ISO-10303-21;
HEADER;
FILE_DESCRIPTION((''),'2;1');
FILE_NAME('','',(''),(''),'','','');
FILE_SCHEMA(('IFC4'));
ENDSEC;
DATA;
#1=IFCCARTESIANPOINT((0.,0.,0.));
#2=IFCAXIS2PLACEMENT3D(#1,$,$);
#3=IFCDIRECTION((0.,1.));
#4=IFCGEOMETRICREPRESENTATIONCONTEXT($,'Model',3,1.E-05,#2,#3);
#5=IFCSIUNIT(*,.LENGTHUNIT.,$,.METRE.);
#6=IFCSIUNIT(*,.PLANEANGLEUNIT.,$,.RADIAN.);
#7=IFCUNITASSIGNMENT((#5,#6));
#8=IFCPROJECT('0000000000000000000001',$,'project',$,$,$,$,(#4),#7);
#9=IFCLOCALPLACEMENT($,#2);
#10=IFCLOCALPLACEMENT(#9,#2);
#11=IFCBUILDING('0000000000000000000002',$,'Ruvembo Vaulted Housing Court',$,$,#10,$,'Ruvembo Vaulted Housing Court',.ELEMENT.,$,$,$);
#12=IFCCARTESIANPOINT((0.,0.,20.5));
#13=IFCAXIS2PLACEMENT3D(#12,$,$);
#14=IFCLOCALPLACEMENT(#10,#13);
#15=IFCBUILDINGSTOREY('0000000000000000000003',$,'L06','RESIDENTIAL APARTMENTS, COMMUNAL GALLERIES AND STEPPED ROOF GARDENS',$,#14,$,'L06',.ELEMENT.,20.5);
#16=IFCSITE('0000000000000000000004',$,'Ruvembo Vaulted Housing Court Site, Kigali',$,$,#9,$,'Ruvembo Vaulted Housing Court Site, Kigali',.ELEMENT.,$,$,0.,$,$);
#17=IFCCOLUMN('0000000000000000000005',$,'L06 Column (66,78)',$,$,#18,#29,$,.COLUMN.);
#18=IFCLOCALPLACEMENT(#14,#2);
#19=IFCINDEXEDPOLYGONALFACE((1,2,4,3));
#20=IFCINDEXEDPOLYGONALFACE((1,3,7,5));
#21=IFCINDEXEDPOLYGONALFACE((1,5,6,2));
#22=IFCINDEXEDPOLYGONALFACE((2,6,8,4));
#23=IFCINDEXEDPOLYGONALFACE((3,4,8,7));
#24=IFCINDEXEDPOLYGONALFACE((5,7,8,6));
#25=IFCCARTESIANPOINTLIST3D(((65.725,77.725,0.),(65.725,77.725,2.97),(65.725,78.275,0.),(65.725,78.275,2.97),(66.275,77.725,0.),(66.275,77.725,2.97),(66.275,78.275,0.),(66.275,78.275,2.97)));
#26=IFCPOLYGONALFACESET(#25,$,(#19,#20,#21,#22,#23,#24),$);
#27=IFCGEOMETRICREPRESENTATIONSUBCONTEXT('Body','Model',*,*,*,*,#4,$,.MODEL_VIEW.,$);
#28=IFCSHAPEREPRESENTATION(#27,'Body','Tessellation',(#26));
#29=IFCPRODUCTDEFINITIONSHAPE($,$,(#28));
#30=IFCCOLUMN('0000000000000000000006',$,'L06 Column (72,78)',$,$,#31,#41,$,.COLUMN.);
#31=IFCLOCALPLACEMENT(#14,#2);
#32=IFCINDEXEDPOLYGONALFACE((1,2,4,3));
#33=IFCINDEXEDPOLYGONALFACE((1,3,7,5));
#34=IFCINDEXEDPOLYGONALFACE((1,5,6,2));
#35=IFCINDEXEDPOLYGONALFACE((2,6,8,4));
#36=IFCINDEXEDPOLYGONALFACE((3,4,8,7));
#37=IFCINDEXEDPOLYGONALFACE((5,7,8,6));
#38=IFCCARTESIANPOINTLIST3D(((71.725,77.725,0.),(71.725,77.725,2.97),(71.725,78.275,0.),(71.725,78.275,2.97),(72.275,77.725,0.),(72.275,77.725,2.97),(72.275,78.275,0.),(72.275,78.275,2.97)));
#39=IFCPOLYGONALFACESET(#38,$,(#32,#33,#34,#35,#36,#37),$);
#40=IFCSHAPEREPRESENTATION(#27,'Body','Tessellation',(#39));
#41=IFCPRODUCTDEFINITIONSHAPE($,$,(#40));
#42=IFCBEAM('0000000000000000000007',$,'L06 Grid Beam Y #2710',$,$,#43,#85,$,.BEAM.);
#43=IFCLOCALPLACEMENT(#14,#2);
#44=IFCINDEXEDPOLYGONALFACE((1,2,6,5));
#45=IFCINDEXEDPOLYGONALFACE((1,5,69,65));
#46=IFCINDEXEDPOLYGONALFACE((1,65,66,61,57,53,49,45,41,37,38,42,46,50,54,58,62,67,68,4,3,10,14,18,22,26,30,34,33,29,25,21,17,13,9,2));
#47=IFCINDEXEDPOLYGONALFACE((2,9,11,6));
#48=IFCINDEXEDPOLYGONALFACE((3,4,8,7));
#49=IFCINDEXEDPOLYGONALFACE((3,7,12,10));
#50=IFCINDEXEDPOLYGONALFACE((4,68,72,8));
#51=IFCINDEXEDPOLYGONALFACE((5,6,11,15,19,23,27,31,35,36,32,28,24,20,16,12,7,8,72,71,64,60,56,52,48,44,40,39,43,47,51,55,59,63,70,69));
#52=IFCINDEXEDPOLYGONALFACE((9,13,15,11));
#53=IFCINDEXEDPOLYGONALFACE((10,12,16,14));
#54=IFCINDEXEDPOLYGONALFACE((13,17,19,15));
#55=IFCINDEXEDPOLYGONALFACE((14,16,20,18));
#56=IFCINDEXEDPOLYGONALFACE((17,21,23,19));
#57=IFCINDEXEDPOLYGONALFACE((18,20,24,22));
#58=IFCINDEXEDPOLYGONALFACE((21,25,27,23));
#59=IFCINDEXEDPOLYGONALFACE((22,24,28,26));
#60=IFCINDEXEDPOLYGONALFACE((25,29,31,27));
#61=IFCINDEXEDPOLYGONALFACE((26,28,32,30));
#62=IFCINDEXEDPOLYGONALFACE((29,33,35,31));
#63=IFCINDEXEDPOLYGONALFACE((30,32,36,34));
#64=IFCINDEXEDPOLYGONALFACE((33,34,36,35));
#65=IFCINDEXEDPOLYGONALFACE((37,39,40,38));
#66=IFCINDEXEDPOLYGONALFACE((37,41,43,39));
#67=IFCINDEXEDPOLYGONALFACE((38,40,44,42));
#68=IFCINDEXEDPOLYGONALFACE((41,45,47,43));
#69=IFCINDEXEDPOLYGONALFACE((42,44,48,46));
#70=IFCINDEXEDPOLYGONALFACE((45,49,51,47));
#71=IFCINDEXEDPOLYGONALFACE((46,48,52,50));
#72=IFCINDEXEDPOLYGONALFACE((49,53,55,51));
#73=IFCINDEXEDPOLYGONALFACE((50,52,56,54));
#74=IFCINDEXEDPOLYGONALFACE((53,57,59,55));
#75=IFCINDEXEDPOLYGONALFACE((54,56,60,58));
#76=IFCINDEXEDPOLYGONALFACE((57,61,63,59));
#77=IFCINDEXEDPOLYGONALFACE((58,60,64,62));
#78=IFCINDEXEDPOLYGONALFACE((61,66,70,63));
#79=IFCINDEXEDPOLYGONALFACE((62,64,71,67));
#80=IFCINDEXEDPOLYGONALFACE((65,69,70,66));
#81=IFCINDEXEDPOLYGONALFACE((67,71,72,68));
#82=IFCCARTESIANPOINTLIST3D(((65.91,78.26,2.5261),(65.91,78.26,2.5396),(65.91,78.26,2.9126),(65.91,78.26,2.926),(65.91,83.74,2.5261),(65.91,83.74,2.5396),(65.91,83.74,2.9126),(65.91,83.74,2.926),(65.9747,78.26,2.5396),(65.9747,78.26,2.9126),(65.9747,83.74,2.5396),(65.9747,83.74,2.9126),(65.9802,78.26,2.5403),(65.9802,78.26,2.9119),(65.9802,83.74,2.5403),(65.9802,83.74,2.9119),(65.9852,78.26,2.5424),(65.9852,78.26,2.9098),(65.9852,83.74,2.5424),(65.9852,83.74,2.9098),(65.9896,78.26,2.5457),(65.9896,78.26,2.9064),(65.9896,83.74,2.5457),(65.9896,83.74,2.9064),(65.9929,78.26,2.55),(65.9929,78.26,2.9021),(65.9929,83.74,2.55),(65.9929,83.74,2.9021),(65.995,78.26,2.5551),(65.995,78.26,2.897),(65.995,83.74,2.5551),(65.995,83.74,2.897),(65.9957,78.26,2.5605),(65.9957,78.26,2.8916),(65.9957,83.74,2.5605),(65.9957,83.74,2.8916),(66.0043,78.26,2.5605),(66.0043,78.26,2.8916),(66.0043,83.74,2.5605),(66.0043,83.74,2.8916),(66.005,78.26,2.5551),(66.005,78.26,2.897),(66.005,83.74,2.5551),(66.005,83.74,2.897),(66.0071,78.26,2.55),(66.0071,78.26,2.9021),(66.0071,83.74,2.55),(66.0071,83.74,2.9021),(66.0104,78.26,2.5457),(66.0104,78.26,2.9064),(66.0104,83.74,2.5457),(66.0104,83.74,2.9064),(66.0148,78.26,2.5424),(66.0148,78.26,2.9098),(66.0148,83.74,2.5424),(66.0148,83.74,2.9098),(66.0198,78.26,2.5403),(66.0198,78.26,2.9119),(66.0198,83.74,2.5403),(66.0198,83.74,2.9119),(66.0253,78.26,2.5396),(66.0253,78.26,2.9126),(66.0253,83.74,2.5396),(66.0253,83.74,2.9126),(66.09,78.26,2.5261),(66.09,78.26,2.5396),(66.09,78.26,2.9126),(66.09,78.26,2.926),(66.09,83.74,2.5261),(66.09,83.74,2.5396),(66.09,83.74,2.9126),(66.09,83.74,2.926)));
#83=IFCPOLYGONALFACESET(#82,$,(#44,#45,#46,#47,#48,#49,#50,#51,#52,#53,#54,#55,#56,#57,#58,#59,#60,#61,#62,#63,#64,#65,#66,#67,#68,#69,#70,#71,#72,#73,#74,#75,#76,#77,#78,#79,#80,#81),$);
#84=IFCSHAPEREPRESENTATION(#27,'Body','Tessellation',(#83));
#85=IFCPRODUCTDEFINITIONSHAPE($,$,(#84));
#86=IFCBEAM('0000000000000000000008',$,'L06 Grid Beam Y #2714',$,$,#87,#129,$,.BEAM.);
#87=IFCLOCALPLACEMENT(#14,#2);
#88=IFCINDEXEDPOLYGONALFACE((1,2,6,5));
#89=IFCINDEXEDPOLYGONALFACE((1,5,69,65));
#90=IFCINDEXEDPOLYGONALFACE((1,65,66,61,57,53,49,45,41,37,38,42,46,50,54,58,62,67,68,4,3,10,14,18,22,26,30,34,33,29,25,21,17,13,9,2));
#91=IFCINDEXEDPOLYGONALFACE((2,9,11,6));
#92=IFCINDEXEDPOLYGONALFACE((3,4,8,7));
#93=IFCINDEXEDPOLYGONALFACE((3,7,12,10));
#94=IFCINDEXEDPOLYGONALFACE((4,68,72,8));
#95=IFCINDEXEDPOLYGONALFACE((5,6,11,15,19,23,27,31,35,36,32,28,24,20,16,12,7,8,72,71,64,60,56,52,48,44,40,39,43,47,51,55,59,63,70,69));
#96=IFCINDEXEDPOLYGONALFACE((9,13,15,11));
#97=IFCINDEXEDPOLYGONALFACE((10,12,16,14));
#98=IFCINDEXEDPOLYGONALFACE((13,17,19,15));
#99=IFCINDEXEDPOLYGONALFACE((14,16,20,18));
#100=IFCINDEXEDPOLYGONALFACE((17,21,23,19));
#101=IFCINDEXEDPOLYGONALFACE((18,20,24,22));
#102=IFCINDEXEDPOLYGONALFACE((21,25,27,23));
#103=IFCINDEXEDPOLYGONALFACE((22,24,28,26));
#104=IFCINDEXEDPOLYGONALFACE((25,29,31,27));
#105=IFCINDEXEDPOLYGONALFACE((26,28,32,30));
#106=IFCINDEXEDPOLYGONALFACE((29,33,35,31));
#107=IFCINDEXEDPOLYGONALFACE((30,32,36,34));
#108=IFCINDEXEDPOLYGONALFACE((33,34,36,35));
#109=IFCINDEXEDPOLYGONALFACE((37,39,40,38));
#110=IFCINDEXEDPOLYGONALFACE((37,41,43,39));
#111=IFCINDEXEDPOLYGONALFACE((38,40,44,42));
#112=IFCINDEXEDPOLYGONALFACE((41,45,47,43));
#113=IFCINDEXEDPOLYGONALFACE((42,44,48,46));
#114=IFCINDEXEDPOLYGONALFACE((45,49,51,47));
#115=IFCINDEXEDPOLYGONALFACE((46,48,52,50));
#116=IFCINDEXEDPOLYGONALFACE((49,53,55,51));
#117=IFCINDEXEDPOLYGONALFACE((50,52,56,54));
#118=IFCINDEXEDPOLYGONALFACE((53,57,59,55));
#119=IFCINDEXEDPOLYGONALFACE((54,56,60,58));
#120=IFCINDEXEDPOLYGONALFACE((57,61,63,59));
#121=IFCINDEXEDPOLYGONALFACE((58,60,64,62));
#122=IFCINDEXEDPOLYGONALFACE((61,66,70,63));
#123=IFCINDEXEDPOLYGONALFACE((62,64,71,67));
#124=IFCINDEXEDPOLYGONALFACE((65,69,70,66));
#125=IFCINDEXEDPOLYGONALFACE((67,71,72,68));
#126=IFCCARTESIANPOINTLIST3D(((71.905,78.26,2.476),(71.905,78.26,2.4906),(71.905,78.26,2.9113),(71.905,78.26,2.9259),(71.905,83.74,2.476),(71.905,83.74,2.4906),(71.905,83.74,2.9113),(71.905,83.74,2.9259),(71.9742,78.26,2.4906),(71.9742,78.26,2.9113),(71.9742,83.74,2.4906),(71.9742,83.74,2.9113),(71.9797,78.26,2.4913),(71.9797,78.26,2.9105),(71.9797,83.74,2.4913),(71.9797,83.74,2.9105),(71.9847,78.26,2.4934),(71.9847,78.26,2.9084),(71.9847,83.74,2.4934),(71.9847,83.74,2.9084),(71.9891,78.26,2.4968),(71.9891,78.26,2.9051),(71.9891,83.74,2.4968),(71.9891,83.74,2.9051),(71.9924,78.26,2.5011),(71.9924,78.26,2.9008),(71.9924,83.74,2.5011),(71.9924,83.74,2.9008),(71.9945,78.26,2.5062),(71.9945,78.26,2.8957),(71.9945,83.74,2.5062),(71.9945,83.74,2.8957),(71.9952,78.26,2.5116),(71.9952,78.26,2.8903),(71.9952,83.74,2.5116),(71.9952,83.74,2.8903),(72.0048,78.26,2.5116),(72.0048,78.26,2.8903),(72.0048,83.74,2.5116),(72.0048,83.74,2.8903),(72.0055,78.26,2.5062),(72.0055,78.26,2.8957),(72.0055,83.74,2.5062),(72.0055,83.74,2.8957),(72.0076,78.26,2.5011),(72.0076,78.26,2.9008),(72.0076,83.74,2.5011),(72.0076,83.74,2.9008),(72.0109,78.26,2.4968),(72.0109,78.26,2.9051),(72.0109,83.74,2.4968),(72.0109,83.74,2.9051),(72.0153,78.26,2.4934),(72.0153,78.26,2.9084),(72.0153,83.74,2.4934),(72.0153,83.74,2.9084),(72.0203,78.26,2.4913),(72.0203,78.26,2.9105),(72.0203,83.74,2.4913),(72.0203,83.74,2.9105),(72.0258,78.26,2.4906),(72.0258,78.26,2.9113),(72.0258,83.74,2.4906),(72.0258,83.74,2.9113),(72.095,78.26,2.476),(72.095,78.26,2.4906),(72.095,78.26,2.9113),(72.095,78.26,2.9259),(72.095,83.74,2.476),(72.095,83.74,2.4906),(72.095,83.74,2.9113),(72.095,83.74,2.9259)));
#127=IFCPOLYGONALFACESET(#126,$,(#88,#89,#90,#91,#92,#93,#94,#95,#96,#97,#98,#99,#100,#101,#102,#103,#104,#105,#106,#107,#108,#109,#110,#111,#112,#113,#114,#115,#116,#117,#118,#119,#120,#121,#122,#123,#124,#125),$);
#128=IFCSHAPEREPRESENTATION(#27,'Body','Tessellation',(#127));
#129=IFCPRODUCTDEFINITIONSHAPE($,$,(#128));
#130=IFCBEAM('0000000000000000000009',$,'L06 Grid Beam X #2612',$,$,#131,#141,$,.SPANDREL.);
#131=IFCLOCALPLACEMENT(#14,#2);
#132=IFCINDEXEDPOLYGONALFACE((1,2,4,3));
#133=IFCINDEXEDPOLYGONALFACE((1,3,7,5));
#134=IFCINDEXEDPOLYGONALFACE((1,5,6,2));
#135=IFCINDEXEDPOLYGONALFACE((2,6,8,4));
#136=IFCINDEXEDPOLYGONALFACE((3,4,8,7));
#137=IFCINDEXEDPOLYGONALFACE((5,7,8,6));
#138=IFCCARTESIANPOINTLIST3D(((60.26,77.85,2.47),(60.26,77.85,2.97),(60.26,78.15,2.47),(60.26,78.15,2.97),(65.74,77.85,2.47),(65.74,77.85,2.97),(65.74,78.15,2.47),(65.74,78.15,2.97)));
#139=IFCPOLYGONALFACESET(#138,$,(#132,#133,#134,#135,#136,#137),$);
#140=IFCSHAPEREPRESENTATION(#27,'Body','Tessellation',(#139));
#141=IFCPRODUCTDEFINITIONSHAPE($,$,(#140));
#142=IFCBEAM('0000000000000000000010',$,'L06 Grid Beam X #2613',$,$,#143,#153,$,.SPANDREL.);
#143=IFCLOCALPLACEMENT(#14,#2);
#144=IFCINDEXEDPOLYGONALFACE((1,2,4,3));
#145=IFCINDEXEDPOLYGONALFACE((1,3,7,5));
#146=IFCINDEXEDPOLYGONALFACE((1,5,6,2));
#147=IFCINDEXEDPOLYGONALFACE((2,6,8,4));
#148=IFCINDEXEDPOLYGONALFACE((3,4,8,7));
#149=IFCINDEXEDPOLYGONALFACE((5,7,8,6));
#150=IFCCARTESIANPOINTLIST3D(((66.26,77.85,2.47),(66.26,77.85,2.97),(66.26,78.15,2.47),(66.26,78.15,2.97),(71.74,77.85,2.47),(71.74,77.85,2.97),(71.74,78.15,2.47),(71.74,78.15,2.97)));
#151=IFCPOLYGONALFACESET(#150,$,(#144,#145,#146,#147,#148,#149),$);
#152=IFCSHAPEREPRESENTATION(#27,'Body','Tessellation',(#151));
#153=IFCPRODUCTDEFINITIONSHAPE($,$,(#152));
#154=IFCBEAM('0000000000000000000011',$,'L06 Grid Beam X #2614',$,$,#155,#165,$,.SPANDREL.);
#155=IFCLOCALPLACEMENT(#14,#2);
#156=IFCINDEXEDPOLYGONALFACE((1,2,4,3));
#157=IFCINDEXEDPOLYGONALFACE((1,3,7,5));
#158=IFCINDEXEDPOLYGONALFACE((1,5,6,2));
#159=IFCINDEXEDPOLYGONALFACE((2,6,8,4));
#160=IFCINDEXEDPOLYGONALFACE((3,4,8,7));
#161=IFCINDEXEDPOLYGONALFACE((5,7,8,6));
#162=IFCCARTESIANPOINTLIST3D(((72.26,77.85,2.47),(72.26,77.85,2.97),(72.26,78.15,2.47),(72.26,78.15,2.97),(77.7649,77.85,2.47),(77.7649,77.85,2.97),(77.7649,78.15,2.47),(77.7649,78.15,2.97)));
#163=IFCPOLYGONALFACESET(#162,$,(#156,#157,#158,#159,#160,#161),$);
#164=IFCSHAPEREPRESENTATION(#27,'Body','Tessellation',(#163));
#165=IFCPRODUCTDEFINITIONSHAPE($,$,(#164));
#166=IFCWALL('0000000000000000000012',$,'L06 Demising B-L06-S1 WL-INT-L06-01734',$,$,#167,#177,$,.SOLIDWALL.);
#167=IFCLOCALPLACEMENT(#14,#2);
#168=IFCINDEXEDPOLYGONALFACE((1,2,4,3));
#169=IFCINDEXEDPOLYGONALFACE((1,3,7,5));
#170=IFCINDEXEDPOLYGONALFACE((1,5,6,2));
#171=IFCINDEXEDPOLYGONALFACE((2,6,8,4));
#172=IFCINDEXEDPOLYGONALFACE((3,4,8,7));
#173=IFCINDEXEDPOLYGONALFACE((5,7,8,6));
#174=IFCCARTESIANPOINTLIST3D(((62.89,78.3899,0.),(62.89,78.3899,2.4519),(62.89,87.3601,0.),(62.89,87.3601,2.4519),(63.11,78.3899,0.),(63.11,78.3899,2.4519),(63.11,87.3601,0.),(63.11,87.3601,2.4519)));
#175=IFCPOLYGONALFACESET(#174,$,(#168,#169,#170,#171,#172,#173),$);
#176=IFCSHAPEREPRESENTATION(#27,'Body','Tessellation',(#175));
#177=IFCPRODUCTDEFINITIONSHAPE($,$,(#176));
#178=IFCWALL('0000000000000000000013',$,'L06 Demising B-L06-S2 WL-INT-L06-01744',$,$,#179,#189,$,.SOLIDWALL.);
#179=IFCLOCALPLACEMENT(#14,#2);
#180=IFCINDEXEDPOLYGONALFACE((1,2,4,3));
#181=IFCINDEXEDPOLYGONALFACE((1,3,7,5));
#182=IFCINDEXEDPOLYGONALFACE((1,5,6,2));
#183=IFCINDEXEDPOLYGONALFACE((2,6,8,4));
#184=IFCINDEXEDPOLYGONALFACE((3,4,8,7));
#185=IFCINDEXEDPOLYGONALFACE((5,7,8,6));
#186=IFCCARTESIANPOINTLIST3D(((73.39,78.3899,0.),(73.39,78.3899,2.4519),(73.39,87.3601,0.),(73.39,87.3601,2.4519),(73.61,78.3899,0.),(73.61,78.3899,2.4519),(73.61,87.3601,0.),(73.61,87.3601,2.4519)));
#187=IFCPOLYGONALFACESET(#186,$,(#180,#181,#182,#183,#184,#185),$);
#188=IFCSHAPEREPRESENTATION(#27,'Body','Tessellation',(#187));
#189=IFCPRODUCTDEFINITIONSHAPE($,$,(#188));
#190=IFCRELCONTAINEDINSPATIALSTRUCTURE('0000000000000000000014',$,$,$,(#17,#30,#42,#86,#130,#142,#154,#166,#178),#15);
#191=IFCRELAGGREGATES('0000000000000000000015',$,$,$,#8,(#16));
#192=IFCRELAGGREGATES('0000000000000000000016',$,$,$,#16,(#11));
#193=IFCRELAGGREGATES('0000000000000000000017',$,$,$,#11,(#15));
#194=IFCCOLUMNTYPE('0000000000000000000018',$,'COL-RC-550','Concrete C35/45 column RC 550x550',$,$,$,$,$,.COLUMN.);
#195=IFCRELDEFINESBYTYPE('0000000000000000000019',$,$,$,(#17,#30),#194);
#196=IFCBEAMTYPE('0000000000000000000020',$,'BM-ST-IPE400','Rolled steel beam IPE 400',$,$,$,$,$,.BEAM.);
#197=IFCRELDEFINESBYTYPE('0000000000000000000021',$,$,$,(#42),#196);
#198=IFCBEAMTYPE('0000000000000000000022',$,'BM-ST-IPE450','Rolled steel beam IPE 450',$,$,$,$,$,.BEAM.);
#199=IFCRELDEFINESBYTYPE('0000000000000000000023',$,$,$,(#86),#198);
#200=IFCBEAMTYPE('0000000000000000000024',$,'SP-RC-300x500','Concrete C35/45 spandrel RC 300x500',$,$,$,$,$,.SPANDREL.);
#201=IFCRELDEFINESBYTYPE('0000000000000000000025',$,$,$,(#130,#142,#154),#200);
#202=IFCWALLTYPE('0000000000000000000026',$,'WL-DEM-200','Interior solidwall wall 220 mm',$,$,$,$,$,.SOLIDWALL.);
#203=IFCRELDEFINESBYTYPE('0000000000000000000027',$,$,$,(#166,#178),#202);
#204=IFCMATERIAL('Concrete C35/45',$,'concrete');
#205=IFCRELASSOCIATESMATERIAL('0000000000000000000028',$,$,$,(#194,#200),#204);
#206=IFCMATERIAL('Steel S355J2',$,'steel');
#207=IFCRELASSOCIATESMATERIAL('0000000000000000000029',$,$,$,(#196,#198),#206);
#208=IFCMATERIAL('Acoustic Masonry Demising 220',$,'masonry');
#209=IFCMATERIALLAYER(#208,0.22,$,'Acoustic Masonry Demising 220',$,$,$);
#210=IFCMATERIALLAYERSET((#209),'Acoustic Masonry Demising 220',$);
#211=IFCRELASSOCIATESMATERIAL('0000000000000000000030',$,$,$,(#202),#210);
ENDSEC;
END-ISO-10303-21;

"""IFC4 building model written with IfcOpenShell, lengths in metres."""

from ifc_helpers import new_model, si_unit, direction, frame, frame_2d, origin, origin_2d, place, context, subcontext, project, spatial, rectangle, i_section, extrude, material, layer, layer_set, material_profile, profile_set, type_object, element, save


model = new_model("IFC4")

# Units and contexts
model_context = context("Model", 3, precision=1e-05, world=origin(), true_north=direction((0.0, 1.0)))
body_context = subcontext(model_context, "Body", "Model", "MODEL_VIEW")
ifc_project = project(units=[si_unit("LENGTHUNIT", "METRE"), si_unit("PLANEANGLEUNIT", "RADIAN")], contexts=[model_context])

# Site, building, storey
site_placement = place(None, origin())
site = spatial("IfcSite", under=ifc_project, at=site_placement, Name="Ruvembo Vaulted Housing Court Site, Kigali", LongName="Ruvembo Vaulted Housing Court Site, Kigali", CompositionType="ELEMENT", RefElevation=0.0)
building_placement = place(site_placement, origin())
building = spatial("IfcBuilding", under=site, at=building_placement, Name="Ruvembo Vaulted Housing Court", LongName="Ruvembo Vaulted Housing Court", CompositionType="ELEMENT")
storey_placement = place(building_placement, frame((0.0, 0.0, 20.5)))
storey = spatial("IfcBuildingStorey", under=building, at=storey_placement, Name="L06", Description="RESIDENTIAL APARTMENTS, COMMUNAL GALLERIES AND STEPPED ROOF GARDENS", LongName="L06", CompositionType="ELEMENT", Elevation=20.5)

# Columns
ifc_material_1 = material(Name="Concrete C35/45", Category="concrete")
ifc_material_profile_1 = material_profile(ifc_material_1, rectangle(XDim=0.55, YDim=0.55, at=origin_2d()), Name="RC 550x550")
ifc_profile_set_1 = profile_set([ifc_material_profile_1], Name="Concrete C35/45")
column_type = type_object("IfcColumnType", Name="COL-RC-550", Description="Concrete C35/45 column RC 550x550", PredefinedType="COLUMN", material=ifc_profile_set_1)
for number, where, z_axis, x_axis, name in (
    (1, (66.0, 78.0, 0.0), (0.0, 0.0, 1.0), (1.0, 0.0, 0.0), "L06 Column (66,78)"),
    (2, (72.0, 78.0, 0.0), (0.0, 0.0, 1.0), (1.0, 0.0, 0.0), "L06 Column (72,78)"),
):
    element("IfcColumn", number, at=place(storey_placement, frame(where, z_axis=z_axis, x_axis=x_axis)), inside=storey, type_object=column_type, Name=name, PredefinedType="COLUMN", context=body_context, shape_type="SweptSolid", body=[
        extrude(rectangle(XDim=0.55, YDim=0.55, at=origin_2d()), origin(), (0.0, 0.0, 1.0), 2.97),
    ])

# Beams
ifc_material_2 = material(Name="Steel S355J2", Category="steel")
ifc_material_profile_2 = material_profile(ifc_material_2, i_section(OverallWidth=0.1799, OverallDepth=0.3999, WebThickness=0.0085, FlangeThickness=0.0134, FilletRadius=0.021, at=origin_2d()), Name="IPE 400")
ifc_profile_set_2 = profile_set([ifc_material_profile_2], Name="Steel S355J2")
beam_type_1 = type_object("IfcBeamType", Name="BM-ST-IPE400", Description="Rolled steel beam IPE 400", PredefinedType="BEAM", material=ifc_profile_set_2)
beam_1_placement = place(storey_placement, frame((66.0, 78.26, 2.7261), z_axis=(0.0, 1.0, 0.0), x_axis=(-1.0, 0.0, 0.0)))
element("IfcBeam", 3, at=beam_1_placement, inside=storey, type_object=beam_type_1, Name="L06 Grid Beam Y #2710", PredefinedType="BEAM", context=body_context, shape_type="SweptSolid", body=[
    extrude(i_section(OverallWidth=0.1799, OverallDepth=0.3999, WebThickness=0.0085, FlangeThickness=0.0134, FilletRadius=0.021, at=origin_2d()), origin(), (0.0, 0.0, 1.0), 5.48),
])
ifc_material_profile_3 = material_profile(ifc_material_2, i_section(OverallWidth=0.1899, OverallDepth=0.45, WebThickness=0.0095, FlangeThickness=0.0146, FilletRadius=0.021, at=origin_2d()), Name="IPE 450")
ifc_profile_set_3 = profile_set([ifc_material_profile_3], Name="Steel S355J2")
beam_type_2 = type_object("IfcBeamType", Name="BM-ST-IPE450", Description="Rolled steel beam IPE 450", PredefinedType="BEAM", material=ifc_profile_set_3)
beam_2_placement = place(storey_placement, frame((72.0, 78.26, 2.7009), z_axis=(0.0, 1.0, 0.0), x_axis=(-1.0, 0.0, 0.0)))
element("IfcBeam", 4, at=beam_2_placement, inside=storey, type_object=beam_type_2, Name="L06 Grid Beam Y #2714", PredefinedType="BEAM", context=body_context, shape_type="SweptSolid", body=[
    extrude(i_section(OverallWidth=0.1899, OverallDepth=0.45, WebThickness=0.0095, FlangeThickness=0.0146, FilletRadius=0.021, at=origin_2d()), origin(), (0.0, 0.0, 1.0), 5.48),
])
ifc_material_profile_4 = material_profile(ifc_material_1, rectangle(XDim=0.3, YDim=0.5, at=origin_2d()), Name="RC 300x500")
ifc_profile_set_4 = profile_set([ifc_material_profile_4], Name="Concrete C35/45")
beam_type_3 = type_object("IfcBeamType", Name="SP-RC-300x500", Description="Concrete C35/45 spandrel RC 300x500", PredefinedType="SPANDREL", material=ifc_profile_set_4)
for number, where, z_axis, x_axis, name in (
    (5, (60.26, 78.0, 2.72), (1.0, 0.0, 0.0), (0.0, 1.0, 0.0), "L06 Grid Beam X #2612"),
    (6, (66.26, 78.0, 2.72), (1.0, 0.0, 0.0), (0.0, 1.0, 0.0), "L06 Grid Beam X #2613"),
):
    element("IfcBeam", number, at=place(storey_placement, frame(where, z_axis=z_axis, x_axis=x_axis)), inside=storey, type_object=beam_type_3, Name=name, PredefinedType="SPANDREL", context=body_context, shape_type="SweptSolid", body=[
        extrude(rectangle(XDim=0.3, YDim=0.5, at=origin_2d()), origin(), (0.0, 0.0, 1.0), 5.48),
    ])
beam_3_placement = place(storey_placement, frame((72.26, 78.0, 2.72), z_axis=(1.0, 0.0, 0.0), x_axis=(0.0, 1.0, 0.0)))
element("IfcBeam", 7, at=beam_3_placement, inside=storey, type_object=beam_type_3, Name="L06 Grid Beam X #2614", PredefinedType="SPANDREL", context=body_context, shape_type="SweptSolid", body=[
    extrude(rectangle(XDim=0.3, YDim=0.5, at=origin_2d()), origin(), (0.0, 0.0, 1.0), 5.5049),
])

# Walls
ifc_material_3 = material(Name="Acoustic Masonry Demising 220", Category="masonry")
ifc_layer_1 = layer(ifc_material_3, 0.22, Name="Acoustic Masonry Demising 220")
ifc_layer_set_1 = layer_set([ifc_layer_1], Name="Acoustic Masonry Demising 220")
wall_type_1 = type_object("IfcWallType", Name="WL-DEM-200", Description="Interior solidwall wall 220 mm", PredefinedType="SOLIDWALL", material=ifc_layer_set_1)
for number, where, z_axis, x_axis, name in (
    (8, (63.0, 78.3899, 0.0), (0.0, 0.0, 1.0), (0.0, 1.0, 0.0), "L06 Demising B-L06-S1 WL-INT-L06-01734"),
    (9, (73.5, 78.3899, 0.0), (0.0, 0.0, 1.0), (0.0, 1.0, 0.0), "L06 Demising B-L06-S2 WL-INT-L06-01744"),
):
    element("IfcWall", number, at=place(storey_placement, frame(where, z_axis=z_axis, x_axis=x_axis)), inside=storey, type_object=wall_type_1, Name=name, PredefinedType="SOLIDWALL", context=body_context, shape_type="SweptSolid", body=[
        extrude(rectangle(XDim=8.9702, YDim=0.22, at=frame_2d((4.4851, 0.0))), origin(), (0.0, 0.0, 1.0), 2.4519),
    ])

save(model, "model.ifc")
